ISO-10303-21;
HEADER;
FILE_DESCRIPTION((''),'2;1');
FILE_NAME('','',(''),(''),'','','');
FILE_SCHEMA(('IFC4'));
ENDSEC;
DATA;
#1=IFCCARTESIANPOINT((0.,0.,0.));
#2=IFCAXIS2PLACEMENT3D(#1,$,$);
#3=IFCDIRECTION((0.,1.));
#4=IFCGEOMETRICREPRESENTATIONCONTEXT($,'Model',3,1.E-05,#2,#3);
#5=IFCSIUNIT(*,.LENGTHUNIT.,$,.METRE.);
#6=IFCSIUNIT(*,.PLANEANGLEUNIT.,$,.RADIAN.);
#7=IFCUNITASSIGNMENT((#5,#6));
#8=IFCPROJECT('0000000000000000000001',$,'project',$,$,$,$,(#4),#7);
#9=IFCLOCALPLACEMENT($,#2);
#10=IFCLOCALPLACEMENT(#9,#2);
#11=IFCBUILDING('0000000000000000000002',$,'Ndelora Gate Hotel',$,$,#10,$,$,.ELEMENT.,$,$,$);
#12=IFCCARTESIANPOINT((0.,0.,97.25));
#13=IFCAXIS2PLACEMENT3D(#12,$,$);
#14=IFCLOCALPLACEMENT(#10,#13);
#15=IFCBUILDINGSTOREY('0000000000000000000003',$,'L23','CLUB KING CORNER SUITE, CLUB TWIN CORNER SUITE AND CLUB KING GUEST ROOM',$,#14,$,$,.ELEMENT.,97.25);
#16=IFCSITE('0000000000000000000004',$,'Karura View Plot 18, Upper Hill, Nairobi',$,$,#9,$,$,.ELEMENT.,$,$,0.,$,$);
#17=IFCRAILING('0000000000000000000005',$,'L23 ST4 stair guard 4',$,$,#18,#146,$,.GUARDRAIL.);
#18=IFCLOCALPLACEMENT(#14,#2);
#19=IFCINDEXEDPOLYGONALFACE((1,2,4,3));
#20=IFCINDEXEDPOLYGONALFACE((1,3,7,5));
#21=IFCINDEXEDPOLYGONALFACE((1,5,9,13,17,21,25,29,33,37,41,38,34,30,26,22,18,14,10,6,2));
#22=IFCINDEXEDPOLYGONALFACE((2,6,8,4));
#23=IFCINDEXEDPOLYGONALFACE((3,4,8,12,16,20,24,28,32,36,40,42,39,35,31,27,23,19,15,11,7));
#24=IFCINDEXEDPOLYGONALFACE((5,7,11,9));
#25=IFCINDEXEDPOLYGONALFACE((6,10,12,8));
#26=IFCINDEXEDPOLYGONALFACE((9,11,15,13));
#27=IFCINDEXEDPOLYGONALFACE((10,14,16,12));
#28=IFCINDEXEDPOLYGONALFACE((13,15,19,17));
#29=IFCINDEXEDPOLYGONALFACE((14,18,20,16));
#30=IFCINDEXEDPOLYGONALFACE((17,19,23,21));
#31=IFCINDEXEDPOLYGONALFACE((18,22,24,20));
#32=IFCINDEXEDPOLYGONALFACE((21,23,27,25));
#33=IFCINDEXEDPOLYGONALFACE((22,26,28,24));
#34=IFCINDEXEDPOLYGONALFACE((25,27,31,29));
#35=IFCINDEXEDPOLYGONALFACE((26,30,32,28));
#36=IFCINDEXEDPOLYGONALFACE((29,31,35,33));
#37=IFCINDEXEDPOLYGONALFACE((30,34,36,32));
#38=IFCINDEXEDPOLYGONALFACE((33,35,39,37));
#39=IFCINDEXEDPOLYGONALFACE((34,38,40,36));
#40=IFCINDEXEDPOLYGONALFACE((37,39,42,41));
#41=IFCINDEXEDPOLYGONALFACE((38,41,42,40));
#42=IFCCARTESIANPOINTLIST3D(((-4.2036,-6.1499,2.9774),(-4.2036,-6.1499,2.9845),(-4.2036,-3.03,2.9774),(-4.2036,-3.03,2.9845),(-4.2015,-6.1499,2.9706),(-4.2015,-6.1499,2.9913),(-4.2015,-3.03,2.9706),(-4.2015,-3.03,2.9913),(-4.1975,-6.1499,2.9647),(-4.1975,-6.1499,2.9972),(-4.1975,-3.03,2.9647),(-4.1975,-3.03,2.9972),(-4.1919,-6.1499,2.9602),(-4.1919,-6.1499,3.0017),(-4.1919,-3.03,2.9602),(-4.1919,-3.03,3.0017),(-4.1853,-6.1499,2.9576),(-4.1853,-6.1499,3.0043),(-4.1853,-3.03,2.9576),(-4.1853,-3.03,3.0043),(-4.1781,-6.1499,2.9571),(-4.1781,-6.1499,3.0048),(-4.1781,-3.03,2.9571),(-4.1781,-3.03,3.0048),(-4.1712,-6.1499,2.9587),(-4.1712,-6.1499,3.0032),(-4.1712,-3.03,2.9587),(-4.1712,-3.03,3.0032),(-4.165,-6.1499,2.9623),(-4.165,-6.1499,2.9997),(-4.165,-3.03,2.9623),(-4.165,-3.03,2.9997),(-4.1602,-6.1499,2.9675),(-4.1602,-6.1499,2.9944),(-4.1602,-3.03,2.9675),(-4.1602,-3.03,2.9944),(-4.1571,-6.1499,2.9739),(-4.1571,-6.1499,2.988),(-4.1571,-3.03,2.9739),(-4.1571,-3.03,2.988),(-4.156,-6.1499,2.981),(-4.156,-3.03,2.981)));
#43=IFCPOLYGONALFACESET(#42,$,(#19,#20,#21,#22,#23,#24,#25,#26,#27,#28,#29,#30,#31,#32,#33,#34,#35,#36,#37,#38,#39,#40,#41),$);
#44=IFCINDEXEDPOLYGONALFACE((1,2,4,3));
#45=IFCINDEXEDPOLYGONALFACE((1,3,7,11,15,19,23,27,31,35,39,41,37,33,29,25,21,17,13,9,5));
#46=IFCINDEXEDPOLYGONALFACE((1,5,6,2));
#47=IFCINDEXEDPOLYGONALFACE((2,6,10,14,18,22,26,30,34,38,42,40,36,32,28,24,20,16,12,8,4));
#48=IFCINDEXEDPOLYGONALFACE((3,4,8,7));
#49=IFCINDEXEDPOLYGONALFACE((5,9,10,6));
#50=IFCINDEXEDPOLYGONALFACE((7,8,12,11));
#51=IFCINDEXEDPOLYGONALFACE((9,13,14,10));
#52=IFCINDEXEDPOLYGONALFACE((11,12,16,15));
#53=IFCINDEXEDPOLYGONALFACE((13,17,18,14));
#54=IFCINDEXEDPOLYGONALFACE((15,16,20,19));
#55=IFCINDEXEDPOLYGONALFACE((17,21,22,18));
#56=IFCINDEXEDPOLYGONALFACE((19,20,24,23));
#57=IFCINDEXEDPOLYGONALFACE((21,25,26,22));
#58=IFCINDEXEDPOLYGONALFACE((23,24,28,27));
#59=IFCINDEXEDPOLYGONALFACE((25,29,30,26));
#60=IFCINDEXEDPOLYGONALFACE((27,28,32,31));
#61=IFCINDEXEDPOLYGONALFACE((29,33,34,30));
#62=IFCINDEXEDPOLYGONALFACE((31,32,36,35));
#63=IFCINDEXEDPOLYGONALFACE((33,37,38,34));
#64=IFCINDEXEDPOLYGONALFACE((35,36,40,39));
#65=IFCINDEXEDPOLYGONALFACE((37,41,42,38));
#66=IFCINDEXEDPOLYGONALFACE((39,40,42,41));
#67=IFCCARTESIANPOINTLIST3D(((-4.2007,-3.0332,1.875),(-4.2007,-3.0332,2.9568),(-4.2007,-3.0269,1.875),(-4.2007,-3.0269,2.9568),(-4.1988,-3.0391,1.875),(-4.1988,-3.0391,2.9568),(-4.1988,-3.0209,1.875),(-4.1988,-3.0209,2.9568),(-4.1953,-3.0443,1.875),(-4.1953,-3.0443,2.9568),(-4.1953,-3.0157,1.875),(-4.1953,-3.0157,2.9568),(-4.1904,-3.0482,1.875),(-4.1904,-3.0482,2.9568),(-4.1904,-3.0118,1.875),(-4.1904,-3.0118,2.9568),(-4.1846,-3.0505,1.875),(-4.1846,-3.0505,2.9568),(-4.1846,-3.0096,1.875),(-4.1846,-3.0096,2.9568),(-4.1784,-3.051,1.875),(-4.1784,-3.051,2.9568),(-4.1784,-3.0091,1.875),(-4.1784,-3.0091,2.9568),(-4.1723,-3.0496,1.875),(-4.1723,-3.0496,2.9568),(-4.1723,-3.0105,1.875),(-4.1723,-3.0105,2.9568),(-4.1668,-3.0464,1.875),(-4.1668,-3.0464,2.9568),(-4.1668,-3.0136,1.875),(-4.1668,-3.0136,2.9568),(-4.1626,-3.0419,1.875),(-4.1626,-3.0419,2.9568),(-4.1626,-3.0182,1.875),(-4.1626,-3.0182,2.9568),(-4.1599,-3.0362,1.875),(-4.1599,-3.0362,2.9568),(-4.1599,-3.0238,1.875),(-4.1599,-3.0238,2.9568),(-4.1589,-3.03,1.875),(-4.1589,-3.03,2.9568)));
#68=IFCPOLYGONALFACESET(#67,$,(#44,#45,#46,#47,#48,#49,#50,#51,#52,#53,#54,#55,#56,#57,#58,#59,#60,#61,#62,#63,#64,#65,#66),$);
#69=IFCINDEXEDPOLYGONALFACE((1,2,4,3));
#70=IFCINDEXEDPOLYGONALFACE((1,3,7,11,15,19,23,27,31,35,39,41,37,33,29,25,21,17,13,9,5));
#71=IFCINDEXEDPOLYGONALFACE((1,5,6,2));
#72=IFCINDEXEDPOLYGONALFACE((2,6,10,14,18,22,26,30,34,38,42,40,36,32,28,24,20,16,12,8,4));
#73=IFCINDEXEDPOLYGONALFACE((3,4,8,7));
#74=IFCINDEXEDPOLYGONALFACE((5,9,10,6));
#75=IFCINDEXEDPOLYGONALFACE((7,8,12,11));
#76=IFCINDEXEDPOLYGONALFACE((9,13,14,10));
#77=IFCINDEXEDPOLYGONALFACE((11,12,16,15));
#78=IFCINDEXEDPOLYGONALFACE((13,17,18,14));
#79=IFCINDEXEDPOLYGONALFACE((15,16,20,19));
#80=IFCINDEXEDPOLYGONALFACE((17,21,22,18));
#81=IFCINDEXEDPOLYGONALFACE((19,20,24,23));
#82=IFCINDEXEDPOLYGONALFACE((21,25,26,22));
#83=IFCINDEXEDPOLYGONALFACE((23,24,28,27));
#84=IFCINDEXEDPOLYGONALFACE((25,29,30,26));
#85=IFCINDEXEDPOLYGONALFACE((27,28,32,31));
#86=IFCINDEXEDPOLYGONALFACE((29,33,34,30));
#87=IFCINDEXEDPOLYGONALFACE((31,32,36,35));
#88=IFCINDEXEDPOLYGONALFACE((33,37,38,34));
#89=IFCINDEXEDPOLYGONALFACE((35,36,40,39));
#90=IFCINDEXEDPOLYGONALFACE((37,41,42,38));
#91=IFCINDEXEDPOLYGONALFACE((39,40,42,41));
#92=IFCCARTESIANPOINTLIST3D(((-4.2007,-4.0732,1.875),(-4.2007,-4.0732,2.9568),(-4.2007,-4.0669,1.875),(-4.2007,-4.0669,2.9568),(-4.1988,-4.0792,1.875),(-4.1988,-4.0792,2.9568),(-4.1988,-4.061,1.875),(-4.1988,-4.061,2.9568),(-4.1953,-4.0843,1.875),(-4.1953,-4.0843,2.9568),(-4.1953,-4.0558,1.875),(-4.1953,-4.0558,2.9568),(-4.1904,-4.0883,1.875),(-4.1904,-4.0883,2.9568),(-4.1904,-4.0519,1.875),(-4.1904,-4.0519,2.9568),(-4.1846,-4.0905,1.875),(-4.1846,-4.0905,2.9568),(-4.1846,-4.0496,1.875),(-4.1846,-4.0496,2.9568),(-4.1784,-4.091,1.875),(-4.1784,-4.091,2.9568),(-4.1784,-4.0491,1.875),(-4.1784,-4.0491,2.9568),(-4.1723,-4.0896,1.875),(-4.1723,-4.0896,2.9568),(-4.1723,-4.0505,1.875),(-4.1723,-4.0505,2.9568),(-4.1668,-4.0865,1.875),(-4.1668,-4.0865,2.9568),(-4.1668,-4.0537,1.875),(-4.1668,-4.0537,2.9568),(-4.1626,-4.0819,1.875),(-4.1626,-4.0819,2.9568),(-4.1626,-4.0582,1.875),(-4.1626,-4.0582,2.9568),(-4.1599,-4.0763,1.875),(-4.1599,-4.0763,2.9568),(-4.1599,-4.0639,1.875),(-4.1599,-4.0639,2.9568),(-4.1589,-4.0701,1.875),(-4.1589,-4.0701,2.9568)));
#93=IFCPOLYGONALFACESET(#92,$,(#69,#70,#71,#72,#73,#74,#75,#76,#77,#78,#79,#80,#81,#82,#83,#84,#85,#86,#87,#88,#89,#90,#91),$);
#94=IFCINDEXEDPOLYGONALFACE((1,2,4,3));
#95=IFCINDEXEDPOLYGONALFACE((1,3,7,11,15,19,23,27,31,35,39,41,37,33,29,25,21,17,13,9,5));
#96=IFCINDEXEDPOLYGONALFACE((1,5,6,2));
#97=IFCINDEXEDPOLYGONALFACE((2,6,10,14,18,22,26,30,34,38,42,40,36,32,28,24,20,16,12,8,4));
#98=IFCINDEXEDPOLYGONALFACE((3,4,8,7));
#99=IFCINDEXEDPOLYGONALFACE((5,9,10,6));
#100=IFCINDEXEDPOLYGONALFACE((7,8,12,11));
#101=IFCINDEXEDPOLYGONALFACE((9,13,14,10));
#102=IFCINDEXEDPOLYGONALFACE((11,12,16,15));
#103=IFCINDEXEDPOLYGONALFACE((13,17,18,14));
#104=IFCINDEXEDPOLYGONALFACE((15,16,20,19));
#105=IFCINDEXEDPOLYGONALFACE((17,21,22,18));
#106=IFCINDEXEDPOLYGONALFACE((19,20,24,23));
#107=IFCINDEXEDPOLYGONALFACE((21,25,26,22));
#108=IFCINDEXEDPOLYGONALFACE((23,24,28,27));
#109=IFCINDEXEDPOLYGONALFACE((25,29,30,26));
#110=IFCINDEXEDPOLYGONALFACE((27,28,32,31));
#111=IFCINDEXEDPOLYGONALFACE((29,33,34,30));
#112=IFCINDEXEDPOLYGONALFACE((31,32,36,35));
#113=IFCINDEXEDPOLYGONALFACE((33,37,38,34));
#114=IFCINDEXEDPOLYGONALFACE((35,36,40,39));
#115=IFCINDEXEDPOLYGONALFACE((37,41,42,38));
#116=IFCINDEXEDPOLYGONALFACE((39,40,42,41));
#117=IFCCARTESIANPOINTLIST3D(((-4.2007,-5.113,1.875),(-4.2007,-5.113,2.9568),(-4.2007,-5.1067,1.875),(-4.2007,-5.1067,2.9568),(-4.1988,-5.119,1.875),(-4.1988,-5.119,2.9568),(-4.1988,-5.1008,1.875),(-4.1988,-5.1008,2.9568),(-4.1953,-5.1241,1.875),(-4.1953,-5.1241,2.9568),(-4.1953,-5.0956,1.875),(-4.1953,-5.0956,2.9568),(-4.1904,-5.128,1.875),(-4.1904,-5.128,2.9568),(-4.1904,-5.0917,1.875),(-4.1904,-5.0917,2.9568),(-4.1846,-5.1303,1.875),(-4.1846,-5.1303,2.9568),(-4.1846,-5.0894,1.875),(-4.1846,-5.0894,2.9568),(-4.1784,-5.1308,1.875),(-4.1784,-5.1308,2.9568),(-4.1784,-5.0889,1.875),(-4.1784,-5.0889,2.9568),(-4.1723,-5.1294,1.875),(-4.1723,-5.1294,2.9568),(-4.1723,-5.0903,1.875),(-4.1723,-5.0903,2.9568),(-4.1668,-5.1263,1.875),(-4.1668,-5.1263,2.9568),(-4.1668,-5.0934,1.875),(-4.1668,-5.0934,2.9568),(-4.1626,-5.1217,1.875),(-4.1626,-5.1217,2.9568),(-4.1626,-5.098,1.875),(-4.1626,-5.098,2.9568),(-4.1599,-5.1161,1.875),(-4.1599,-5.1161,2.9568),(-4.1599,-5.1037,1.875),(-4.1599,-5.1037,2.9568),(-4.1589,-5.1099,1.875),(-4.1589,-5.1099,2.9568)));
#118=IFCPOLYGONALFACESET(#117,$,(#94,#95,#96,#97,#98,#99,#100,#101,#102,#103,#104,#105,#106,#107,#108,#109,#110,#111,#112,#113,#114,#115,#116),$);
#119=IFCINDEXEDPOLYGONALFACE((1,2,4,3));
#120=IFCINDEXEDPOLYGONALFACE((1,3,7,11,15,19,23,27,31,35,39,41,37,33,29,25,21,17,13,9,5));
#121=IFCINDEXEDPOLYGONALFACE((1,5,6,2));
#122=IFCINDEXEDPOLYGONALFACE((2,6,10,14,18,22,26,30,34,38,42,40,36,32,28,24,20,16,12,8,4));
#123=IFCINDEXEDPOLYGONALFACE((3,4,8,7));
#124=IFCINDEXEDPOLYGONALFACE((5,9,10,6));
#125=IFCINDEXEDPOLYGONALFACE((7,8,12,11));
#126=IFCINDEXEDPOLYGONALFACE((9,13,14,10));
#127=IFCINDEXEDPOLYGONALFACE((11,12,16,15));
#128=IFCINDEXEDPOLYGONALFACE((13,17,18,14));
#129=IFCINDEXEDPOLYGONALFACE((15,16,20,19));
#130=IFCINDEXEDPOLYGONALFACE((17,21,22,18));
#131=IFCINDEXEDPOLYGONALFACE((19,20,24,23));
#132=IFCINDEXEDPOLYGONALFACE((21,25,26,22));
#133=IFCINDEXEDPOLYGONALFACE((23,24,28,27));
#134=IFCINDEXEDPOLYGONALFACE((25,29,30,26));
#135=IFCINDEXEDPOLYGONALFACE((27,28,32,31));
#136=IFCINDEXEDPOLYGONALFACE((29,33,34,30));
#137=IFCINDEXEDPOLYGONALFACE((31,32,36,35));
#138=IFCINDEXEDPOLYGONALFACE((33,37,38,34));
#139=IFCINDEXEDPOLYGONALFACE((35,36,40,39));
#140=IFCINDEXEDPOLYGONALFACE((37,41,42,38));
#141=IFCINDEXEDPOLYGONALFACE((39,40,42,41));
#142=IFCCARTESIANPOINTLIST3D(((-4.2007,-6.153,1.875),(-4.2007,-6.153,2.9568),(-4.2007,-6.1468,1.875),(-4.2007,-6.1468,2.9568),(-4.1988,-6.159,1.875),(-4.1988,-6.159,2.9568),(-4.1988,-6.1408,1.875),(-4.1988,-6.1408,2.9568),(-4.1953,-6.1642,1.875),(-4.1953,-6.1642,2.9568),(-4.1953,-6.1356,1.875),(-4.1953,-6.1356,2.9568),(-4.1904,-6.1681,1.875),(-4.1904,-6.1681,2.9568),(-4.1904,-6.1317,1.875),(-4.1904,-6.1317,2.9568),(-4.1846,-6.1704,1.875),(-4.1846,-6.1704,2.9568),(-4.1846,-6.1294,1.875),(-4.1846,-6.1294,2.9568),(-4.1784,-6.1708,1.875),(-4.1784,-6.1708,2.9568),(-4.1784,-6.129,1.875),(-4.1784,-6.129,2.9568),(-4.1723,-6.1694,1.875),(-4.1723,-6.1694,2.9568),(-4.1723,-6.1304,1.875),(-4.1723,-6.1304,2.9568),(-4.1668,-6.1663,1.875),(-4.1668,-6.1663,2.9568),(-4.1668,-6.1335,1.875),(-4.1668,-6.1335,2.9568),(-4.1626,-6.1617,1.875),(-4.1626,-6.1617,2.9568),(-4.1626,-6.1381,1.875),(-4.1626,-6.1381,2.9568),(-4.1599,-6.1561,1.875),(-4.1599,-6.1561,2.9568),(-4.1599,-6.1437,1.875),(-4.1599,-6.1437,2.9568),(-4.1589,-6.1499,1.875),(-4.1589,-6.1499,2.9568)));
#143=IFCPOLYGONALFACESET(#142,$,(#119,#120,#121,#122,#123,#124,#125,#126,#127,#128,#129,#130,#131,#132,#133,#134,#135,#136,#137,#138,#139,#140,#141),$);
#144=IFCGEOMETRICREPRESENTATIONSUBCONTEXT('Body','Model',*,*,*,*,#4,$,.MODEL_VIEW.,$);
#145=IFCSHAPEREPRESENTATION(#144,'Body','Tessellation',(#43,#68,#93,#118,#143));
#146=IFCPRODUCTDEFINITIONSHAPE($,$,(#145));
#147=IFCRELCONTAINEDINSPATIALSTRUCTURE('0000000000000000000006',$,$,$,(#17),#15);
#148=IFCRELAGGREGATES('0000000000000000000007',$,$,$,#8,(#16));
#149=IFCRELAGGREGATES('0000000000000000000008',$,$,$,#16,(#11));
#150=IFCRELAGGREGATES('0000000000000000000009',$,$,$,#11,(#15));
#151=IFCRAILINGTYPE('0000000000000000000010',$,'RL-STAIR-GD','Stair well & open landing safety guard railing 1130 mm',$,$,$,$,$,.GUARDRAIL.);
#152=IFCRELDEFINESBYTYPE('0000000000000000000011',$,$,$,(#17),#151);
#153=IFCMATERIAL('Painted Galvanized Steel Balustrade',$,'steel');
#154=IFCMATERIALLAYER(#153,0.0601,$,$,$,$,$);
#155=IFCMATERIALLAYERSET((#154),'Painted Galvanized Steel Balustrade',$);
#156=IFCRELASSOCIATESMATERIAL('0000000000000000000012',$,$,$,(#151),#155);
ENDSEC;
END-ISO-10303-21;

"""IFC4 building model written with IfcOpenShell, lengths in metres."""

from ifc_helpers import new_model, si_unit, direction, frame, origin, origin_2d, place, context, subcontext, project, spatial, circle, extrude, material, layer, layer_set, type_object, element, save


model = new_model("IFC4")

# Units and contexts
model_context = context("Model", 3, precision=1e-05, world=origin(), true_north=direction((0.0, 1.0)))
body_context = subcontext(model_context, "Body", "Model", "MODEL_VIEW")
ifc_project = project(units=[si_unit("LENGTHUNIT", "METRE"), si_unit("PLANEANGLEUNIT", "RADIAN")], contexts=[model_context])

# Site, building, storey
site_placement = place(None, origin())
site = spatial("IfcSite", under=ifc_project, at=site_placement, Name="Karura View Plot 18, Upper Hill, Nairobi", CompositionType="ELEMENT", RefElevation=0.0)
building_placement = place(site_placement, origin())
building = spatial("IfcBuilding", under=site, at=building_placement, Name="Ndelora Gate Hotel", CompositionType="ELEMENT")
storey_placement = place(building_placement, frame((0.0, 0.0, 97.25)))
storey = spatial("IfcBuildingStorey", under=building, at=storey_placement, Name="L23", Description="CLUB KING CORNER SUITE, CLUB TWIN CORNER SUITE AND CLUB KING GUEST ROOM", CompositionType="ELEMENT", Elevation=97.25)

# Railing
ifc_material_1 = material(Name="Painted Galvanized Steel Balustrade", Category="steel")
ifc_layer_1 = layer(ifc_material_1, 0.0601)
ifc_layer_set_1 = layer_set([ifc_layer_1], Name="Painted Galvanized Steel Balustrade")
railing_type_1 = type_object("IfcRailingType", Name="RL-STAIR-GD", Description="Stair well & open landing safety guard railing 1130 mm", PredefinedType="GUARDRAIL", material=ifc_layer_set_1)
railing_1_placement = place(storey_placement, frame((-4.1799, -3.03, 1.875)))
element("IfcRailing", 1, at=railing_1_placement, inside=storey, type_object=railing_type_1, Name="L23 ST4 stair guard 4", PredefinedType="GUARDRAIL", context=body_context, shape_type="SweptSolid", body=[
    extrude(circle(Radius=0.0239, at=origin_2d()), frame((0.0, 0.0, 1.106), z_axis=(0.0, -1.0, 0.0), x_axis=(1.0, 0.0, 0.0)), (0.0, 0.0, 1.0), 3.1199),
    extrude(circle(Radius=0.021, at=origin_2d()), origin(), (0.0, 0.0, 1.0), 1.0818),
    extrude(circle(Radius=0.021, at=origin_2d()), frame((0.0, -1.04, 0.0)), (0.0, 0.0, 1.0), 1.0818),
    extrude(circle(Radius=0.021, at=origin_2d()), frame((0.0, -2.0798, 0.0)), (0.0, 0.0, 1.0), 1.0818),
    extrude(circle(Radius=0.021, at=origin_2d()), frame((0.0, -3.1199, 0.0)), (0.0, 0.0, 1.0), 1.0818),
])

save(model, "model.ifc")
